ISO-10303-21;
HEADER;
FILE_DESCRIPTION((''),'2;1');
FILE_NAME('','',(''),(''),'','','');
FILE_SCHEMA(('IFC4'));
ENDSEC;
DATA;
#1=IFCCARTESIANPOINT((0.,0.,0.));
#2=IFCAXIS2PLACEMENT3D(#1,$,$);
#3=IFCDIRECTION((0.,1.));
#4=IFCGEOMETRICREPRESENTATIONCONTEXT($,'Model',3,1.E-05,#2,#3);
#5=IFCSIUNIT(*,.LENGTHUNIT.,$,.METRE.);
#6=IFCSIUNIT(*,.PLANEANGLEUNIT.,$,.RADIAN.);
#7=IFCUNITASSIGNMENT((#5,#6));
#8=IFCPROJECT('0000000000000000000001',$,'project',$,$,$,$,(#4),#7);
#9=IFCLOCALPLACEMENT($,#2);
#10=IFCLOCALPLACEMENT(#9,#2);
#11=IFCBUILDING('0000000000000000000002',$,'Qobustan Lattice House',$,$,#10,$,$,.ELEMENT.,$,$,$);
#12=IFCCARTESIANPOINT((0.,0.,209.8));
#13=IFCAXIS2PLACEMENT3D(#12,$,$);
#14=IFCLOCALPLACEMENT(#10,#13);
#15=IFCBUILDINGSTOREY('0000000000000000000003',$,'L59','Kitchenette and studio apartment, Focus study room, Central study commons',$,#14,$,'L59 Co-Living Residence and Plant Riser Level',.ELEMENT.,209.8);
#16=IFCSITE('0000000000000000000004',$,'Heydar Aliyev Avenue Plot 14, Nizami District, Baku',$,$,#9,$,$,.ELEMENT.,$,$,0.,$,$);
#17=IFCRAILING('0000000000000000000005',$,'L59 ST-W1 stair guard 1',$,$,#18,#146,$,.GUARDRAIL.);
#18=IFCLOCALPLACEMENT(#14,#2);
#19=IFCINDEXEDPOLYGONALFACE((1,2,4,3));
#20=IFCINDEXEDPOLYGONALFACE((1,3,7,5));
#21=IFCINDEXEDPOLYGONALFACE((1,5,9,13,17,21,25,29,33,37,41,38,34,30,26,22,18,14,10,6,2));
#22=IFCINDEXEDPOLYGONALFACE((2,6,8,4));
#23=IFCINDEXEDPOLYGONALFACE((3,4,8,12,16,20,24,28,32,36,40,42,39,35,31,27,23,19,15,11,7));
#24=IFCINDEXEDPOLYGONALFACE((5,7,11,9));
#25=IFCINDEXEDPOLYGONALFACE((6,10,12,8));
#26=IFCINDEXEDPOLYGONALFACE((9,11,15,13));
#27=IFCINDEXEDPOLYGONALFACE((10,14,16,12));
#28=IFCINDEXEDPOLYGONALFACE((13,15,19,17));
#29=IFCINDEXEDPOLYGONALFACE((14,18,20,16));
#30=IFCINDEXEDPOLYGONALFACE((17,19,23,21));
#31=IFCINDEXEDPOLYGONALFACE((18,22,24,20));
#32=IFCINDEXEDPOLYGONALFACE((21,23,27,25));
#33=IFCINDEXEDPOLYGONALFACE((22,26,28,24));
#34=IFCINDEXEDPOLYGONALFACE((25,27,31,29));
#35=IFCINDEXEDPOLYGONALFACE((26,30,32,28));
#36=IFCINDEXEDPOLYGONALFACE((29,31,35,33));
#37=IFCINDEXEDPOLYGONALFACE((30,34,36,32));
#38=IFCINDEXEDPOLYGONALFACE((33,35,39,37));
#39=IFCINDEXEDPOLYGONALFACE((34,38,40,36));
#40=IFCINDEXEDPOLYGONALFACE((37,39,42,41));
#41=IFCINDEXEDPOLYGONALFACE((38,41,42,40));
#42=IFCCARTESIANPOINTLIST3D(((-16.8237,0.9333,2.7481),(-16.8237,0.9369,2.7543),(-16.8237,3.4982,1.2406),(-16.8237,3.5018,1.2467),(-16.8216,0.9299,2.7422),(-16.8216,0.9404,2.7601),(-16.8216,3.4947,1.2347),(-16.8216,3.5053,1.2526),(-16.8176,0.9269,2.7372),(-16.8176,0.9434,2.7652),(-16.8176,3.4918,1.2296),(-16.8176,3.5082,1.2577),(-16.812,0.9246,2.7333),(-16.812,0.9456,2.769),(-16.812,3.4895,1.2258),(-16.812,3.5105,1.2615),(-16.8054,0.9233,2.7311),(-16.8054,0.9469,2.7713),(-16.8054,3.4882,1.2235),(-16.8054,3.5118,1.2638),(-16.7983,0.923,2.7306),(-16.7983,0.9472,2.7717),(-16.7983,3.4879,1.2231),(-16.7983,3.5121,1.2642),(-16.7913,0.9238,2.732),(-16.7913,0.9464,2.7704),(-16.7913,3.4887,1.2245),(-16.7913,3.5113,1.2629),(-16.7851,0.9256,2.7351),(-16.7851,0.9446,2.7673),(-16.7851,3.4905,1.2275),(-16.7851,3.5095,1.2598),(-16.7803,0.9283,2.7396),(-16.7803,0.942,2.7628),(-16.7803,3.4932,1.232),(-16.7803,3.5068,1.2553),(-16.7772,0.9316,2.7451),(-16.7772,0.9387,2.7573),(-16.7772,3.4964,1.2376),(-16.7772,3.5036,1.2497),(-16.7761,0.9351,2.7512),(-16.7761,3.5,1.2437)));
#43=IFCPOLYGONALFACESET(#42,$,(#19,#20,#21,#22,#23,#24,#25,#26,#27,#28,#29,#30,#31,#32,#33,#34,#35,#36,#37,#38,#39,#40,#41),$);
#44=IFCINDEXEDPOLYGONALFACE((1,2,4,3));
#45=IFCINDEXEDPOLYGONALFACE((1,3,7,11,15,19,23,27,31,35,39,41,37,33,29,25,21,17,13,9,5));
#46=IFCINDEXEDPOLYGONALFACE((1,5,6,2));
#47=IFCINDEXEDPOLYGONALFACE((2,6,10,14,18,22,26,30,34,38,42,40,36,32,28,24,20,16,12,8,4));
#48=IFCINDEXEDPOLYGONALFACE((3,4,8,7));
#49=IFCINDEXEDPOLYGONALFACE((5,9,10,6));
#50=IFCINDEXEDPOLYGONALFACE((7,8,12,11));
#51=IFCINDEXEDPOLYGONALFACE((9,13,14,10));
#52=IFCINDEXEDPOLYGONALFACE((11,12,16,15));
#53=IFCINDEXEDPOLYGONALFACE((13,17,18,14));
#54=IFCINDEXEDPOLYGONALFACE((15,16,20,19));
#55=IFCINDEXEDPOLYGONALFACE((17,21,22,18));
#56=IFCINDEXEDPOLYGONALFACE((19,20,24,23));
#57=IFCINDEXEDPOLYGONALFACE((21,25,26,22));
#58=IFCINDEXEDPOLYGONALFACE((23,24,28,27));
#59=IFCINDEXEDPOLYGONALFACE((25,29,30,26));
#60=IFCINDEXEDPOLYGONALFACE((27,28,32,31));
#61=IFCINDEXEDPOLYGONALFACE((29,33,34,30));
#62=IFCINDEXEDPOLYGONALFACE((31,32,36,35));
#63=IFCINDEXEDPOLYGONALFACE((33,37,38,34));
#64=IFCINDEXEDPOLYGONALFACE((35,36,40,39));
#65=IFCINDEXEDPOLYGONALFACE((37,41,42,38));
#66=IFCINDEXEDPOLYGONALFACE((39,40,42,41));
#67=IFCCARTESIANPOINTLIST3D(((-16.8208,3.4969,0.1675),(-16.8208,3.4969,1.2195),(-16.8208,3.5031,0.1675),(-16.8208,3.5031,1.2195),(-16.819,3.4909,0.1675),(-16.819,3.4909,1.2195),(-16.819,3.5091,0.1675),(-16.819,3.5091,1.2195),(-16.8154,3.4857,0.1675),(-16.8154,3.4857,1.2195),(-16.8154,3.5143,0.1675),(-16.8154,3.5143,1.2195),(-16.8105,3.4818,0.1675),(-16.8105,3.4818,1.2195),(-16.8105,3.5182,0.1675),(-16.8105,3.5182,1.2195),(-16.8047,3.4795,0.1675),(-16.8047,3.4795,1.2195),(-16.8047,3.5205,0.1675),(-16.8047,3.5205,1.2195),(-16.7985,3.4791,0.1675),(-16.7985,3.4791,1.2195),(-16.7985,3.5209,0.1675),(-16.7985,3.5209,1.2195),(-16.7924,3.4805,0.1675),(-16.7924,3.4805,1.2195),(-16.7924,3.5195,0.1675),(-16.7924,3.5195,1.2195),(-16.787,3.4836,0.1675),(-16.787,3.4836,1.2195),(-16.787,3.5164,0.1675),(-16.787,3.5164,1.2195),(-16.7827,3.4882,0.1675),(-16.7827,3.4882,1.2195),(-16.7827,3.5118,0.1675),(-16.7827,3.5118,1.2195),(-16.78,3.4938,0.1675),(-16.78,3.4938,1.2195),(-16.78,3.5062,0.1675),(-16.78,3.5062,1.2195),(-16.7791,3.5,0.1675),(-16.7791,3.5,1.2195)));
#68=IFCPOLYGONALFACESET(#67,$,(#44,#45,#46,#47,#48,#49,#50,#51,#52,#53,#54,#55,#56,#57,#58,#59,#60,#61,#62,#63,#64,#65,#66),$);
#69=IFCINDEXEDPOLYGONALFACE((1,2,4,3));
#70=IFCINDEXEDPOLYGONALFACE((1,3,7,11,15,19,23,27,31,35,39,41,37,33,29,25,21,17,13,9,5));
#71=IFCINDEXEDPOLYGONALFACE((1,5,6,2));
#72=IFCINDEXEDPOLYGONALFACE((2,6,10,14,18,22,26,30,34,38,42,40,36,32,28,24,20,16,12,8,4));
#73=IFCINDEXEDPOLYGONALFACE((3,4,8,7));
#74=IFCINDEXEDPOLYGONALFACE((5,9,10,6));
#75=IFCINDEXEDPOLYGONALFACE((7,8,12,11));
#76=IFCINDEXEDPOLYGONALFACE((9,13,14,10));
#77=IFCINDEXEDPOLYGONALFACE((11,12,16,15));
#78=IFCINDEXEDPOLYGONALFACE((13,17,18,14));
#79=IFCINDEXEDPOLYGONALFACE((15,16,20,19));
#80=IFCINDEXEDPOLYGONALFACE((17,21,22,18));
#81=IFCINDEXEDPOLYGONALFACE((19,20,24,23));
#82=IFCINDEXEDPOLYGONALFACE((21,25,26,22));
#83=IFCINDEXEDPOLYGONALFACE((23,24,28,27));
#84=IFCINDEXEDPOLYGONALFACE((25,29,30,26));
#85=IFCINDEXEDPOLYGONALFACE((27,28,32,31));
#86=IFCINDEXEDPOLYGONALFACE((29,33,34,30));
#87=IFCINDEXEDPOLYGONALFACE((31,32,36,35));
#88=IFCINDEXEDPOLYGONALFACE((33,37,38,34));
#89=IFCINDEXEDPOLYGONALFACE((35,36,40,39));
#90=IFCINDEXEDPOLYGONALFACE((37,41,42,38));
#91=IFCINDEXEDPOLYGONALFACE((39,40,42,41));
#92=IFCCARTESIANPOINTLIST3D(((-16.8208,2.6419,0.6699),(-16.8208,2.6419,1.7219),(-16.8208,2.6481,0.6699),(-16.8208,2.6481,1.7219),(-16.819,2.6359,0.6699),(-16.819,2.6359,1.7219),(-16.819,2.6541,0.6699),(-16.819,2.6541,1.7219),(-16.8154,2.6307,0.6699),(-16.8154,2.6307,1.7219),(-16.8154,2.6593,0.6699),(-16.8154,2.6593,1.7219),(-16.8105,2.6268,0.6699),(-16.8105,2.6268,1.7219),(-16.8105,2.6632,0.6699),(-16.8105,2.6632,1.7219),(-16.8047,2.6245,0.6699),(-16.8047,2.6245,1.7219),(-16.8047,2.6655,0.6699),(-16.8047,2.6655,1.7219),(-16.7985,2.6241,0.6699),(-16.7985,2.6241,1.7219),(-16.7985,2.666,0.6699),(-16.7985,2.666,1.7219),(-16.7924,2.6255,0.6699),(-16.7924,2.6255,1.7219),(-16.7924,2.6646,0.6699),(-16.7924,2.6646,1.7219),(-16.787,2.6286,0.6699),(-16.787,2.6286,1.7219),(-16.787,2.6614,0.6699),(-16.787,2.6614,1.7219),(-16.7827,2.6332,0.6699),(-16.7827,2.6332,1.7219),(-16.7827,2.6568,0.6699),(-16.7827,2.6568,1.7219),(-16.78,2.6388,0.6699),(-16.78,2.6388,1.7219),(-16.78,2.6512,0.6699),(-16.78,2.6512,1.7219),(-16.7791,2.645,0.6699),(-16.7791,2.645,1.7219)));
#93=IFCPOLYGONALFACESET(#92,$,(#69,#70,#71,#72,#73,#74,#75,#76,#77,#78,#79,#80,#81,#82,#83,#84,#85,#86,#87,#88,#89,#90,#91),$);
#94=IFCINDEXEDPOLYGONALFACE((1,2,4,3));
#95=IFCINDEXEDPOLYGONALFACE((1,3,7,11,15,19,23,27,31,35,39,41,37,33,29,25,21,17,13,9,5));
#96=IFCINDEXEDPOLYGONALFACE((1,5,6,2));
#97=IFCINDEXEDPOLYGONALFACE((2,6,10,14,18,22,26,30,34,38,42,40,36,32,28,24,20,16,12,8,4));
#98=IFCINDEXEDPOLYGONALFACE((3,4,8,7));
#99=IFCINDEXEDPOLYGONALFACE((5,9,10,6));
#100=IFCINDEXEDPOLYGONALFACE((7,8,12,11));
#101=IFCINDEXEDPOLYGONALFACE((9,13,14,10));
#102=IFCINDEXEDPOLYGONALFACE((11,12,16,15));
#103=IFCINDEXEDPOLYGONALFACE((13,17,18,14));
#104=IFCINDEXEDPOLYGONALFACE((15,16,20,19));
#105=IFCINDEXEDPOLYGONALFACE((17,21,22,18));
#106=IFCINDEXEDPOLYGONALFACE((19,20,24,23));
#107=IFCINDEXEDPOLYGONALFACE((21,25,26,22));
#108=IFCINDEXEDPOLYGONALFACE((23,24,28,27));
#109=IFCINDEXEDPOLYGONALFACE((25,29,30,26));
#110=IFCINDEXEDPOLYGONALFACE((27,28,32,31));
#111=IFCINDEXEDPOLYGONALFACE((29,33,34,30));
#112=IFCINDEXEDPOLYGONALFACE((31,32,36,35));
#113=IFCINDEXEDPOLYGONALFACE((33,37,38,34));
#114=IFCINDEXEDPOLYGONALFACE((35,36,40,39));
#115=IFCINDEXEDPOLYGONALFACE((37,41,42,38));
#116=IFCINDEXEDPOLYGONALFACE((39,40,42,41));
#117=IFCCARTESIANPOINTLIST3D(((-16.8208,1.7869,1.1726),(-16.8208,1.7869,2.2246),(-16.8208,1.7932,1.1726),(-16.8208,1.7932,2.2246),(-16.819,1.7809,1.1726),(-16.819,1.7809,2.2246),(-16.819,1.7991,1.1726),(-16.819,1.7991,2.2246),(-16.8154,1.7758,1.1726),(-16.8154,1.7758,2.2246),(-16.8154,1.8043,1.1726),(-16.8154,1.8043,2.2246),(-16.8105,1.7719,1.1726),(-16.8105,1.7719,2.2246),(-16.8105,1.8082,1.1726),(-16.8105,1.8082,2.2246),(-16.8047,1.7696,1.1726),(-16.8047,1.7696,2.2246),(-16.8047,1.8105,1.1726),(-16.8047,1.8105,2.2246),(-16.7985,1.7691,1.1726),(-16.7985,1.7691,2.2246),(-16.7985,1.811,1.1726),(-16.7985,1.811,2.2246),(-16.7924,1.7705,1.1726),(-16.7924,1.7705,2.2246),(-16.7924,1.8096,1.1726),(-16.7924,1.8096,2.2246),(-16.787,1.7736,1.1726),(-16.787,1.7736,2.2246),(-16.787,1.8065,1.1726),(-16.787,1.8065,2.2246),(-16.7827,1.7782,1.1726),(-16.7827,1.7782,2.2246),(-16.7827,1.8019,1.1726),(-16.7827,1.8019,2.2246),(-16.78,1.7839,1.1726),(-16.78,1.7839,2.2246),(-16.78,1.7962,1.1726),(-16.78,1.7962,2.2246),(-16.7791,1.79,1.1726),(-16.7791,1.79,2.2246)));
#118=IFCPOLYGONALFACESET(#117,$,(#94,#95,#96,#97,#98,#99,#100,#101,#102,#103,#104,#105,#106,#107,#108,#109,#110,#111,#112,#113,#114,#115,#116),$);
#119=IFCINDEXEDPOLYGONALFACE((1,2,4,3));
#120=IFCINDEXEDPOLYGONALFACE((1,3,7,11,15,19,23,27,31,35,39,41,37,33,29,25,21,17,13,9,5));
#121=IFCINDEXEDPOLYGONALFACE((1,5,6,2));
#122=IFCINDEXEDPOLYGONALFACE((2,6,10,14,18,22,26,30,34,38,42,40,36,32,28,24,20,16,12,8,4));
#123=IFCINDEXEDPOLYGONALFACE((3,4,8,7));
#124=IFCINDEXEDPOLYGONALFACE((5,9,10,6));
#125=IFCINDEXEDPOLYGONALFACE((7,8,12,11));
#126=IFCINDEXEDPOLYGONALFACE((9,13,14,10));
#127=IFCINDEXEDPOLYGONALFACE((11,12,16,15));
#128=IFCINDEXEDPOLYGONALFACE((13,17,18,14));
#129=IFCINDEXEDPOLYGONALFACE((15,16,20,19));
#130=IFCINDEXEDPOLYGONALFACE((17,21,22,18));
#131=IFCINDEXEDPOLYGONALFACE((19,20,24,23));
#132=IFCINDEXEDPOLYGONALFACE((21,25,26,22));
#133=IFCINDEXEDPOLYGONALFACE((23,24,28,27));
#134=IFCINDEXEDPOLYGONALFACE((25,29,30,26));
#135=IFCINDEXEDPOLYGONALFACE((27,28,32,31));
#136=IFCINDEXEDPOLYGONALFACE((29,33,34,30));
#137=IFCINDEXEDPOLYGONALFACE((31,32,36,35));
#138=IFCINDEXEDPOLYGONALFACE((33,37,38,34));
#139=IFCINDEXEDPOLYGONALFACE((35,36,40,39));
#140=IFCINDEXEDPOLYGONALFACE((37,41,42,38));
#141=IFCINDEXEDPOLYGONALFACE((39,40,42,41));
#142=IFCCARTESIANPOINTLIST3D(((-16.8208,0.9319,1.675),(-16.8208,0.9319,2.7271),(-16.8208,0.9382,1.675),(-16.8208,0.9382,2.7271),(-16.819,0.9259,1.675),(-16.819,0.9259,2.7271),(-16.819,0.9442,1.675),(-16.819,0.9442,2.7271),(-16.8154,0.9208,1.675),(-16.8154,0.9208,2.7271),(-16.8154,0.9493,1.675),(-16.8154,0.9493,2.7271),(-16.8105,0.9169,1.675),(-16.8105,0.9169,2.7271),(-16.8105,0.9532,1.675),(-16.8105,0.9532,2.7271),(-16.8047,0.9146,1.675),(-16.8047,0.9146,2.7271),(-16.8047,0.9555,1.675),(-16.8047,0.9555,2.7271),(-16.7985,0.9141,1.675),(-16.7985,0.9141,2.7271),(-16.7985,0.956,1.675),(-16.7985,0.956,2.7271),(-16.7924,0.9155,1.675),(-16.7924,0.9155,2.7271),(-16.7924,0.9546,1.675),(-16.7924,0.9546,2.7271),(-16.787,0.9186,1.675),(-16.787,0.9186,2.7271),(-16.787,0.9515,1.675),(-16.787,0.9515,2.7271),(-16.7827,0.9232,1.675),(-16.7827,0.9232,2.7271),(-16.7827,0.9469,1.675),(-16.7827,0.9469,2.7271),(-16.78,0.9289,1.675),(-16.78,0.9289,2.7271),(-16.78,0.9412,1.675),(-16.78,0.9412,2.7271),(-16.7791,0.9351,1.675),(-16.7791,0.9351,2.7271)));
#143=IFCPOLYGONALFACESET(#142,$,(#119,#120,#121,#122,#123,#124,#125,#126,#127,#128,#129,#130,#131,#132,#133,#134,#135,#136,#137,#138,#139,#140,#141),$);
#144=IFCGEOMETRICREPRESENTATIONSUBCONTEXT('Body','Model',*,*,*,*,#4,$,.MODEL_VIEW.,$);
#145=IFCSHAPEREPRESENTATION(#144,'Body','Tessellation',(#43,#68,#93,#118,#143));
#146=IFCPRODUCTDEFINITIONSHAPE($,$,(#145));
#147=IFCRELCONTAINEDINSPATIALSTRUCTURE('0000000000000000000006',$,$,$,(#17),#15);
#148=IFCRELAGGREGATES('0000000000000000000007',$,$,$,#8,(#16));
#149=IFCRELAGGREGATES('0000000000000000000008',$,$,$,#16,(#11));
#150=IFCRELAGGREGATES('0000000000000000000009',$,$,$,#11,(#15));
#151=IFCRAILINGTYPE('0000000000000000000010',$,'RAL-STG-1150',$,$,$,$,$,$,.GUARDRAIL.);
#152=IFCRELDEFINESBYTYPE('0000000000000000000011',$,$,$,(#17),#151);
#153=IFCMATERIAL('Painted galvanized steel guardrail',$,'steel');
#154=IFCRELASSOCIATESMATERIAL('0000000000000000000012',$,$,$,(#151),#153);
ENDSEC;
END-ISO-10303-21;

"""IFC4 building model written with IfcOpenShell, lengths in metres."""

from ifc_helpers import new_model, si_unit, direction, frame, origin, origin_2d, place, context, subcontext, project, spatial, circle, extrude, material, type_object, element, save


model = new_model("IFC4")

# Units and contexts
model_context = context("Model", 3, precision=1e-05, world=origin(), true_north=direction((0.0, 1.0)))
body_context = subcontext(model_context, "Body", "Model", "MODEL_VIEW")
ifc_project = project(units=[si_unit("LENGTHUNIT", "METRE"), si_unit("PLANEANGLEUNIT", "RADIAN")], contexts=[model_context])

# Site, building, storey
site_placement = place(None, origin())
site = spatial("IfcSite", under=ifc_project, at=site_placement, Name="Heydar Aliyev Avenue Plot 14, Nizami District, Baku", CompositionType="ELEMENT", RefElevation=0.0)
building_placement = place(site_placement, origin())
building = spatial("IfcBuilding", under=site, at=building_placement, Name="Qobustan Lattice House", CompositionType="ELEMENT")
storey_placement = place(building_placement, frame((0.0, 0.0, 209.8)))
storey = spatial("IfcBuildingStorey", under=building, at=storey_placement, Name="L59", Description="Kitchenette and studio apartment, Focus study room, Central study commons", LongName="L59 Co-Living Residence and Plant Riser Level", CompositionType="ELEMENT", Elevation=209.8)

# Railing
ifc_material_1 = material(Name="Painted galvanized steel guardrail", Category="steel")
railing_type_1 = type_object("IfcRailingType", Name="RAL-STG-1150", PredefinedType="GUARDRAIL", material=ifc_material_1)
railing_1_placement = place(storey_placement, frame((-16.8, 3.5, 0.1675)))
element("IfcRailing", 1, at=railing_1_placement, inside=storey, type_object=railing_type_1, Name="L59 ST-W1 stair guard 1", PredefinedType="GUARDRAIL", context=body_context, shape_type="SweptSolid", body=[
    extrude(circle(Radius=0.0239, at=origin_2d()), frame((0.0, 0.0, 1.0762), z_axis=(0.0, -0.862113, 0.506715), x_axis=(1.0, 0.0, 0.0)), (0.0, 0.0, 1.0), 2.9751),
    extrude(circle(Radius=0.021, at=origin_2d()), origin(), (0.0, 0.0, 1.0), 1.052),
    extrude(circle(Radius=0.021, at=origin_2d()), frame((0.0, -0.855, 0.5024)), (0.0, 0.0, 1.0), 1.052),
    extrude(circle(Radius=0.021, at=origin_2d()), frame((0.0, -1.71, 1.0051)), (0.0, 0.0, 1.0), 1.052),
    extrude(circle(Radius=0.021, at=origin_2d()), frame((0.0, -2.5649, 1.5076)), (0.0, 0.0, 1.0), 1.052),
])

save(model, "model.ifc")
